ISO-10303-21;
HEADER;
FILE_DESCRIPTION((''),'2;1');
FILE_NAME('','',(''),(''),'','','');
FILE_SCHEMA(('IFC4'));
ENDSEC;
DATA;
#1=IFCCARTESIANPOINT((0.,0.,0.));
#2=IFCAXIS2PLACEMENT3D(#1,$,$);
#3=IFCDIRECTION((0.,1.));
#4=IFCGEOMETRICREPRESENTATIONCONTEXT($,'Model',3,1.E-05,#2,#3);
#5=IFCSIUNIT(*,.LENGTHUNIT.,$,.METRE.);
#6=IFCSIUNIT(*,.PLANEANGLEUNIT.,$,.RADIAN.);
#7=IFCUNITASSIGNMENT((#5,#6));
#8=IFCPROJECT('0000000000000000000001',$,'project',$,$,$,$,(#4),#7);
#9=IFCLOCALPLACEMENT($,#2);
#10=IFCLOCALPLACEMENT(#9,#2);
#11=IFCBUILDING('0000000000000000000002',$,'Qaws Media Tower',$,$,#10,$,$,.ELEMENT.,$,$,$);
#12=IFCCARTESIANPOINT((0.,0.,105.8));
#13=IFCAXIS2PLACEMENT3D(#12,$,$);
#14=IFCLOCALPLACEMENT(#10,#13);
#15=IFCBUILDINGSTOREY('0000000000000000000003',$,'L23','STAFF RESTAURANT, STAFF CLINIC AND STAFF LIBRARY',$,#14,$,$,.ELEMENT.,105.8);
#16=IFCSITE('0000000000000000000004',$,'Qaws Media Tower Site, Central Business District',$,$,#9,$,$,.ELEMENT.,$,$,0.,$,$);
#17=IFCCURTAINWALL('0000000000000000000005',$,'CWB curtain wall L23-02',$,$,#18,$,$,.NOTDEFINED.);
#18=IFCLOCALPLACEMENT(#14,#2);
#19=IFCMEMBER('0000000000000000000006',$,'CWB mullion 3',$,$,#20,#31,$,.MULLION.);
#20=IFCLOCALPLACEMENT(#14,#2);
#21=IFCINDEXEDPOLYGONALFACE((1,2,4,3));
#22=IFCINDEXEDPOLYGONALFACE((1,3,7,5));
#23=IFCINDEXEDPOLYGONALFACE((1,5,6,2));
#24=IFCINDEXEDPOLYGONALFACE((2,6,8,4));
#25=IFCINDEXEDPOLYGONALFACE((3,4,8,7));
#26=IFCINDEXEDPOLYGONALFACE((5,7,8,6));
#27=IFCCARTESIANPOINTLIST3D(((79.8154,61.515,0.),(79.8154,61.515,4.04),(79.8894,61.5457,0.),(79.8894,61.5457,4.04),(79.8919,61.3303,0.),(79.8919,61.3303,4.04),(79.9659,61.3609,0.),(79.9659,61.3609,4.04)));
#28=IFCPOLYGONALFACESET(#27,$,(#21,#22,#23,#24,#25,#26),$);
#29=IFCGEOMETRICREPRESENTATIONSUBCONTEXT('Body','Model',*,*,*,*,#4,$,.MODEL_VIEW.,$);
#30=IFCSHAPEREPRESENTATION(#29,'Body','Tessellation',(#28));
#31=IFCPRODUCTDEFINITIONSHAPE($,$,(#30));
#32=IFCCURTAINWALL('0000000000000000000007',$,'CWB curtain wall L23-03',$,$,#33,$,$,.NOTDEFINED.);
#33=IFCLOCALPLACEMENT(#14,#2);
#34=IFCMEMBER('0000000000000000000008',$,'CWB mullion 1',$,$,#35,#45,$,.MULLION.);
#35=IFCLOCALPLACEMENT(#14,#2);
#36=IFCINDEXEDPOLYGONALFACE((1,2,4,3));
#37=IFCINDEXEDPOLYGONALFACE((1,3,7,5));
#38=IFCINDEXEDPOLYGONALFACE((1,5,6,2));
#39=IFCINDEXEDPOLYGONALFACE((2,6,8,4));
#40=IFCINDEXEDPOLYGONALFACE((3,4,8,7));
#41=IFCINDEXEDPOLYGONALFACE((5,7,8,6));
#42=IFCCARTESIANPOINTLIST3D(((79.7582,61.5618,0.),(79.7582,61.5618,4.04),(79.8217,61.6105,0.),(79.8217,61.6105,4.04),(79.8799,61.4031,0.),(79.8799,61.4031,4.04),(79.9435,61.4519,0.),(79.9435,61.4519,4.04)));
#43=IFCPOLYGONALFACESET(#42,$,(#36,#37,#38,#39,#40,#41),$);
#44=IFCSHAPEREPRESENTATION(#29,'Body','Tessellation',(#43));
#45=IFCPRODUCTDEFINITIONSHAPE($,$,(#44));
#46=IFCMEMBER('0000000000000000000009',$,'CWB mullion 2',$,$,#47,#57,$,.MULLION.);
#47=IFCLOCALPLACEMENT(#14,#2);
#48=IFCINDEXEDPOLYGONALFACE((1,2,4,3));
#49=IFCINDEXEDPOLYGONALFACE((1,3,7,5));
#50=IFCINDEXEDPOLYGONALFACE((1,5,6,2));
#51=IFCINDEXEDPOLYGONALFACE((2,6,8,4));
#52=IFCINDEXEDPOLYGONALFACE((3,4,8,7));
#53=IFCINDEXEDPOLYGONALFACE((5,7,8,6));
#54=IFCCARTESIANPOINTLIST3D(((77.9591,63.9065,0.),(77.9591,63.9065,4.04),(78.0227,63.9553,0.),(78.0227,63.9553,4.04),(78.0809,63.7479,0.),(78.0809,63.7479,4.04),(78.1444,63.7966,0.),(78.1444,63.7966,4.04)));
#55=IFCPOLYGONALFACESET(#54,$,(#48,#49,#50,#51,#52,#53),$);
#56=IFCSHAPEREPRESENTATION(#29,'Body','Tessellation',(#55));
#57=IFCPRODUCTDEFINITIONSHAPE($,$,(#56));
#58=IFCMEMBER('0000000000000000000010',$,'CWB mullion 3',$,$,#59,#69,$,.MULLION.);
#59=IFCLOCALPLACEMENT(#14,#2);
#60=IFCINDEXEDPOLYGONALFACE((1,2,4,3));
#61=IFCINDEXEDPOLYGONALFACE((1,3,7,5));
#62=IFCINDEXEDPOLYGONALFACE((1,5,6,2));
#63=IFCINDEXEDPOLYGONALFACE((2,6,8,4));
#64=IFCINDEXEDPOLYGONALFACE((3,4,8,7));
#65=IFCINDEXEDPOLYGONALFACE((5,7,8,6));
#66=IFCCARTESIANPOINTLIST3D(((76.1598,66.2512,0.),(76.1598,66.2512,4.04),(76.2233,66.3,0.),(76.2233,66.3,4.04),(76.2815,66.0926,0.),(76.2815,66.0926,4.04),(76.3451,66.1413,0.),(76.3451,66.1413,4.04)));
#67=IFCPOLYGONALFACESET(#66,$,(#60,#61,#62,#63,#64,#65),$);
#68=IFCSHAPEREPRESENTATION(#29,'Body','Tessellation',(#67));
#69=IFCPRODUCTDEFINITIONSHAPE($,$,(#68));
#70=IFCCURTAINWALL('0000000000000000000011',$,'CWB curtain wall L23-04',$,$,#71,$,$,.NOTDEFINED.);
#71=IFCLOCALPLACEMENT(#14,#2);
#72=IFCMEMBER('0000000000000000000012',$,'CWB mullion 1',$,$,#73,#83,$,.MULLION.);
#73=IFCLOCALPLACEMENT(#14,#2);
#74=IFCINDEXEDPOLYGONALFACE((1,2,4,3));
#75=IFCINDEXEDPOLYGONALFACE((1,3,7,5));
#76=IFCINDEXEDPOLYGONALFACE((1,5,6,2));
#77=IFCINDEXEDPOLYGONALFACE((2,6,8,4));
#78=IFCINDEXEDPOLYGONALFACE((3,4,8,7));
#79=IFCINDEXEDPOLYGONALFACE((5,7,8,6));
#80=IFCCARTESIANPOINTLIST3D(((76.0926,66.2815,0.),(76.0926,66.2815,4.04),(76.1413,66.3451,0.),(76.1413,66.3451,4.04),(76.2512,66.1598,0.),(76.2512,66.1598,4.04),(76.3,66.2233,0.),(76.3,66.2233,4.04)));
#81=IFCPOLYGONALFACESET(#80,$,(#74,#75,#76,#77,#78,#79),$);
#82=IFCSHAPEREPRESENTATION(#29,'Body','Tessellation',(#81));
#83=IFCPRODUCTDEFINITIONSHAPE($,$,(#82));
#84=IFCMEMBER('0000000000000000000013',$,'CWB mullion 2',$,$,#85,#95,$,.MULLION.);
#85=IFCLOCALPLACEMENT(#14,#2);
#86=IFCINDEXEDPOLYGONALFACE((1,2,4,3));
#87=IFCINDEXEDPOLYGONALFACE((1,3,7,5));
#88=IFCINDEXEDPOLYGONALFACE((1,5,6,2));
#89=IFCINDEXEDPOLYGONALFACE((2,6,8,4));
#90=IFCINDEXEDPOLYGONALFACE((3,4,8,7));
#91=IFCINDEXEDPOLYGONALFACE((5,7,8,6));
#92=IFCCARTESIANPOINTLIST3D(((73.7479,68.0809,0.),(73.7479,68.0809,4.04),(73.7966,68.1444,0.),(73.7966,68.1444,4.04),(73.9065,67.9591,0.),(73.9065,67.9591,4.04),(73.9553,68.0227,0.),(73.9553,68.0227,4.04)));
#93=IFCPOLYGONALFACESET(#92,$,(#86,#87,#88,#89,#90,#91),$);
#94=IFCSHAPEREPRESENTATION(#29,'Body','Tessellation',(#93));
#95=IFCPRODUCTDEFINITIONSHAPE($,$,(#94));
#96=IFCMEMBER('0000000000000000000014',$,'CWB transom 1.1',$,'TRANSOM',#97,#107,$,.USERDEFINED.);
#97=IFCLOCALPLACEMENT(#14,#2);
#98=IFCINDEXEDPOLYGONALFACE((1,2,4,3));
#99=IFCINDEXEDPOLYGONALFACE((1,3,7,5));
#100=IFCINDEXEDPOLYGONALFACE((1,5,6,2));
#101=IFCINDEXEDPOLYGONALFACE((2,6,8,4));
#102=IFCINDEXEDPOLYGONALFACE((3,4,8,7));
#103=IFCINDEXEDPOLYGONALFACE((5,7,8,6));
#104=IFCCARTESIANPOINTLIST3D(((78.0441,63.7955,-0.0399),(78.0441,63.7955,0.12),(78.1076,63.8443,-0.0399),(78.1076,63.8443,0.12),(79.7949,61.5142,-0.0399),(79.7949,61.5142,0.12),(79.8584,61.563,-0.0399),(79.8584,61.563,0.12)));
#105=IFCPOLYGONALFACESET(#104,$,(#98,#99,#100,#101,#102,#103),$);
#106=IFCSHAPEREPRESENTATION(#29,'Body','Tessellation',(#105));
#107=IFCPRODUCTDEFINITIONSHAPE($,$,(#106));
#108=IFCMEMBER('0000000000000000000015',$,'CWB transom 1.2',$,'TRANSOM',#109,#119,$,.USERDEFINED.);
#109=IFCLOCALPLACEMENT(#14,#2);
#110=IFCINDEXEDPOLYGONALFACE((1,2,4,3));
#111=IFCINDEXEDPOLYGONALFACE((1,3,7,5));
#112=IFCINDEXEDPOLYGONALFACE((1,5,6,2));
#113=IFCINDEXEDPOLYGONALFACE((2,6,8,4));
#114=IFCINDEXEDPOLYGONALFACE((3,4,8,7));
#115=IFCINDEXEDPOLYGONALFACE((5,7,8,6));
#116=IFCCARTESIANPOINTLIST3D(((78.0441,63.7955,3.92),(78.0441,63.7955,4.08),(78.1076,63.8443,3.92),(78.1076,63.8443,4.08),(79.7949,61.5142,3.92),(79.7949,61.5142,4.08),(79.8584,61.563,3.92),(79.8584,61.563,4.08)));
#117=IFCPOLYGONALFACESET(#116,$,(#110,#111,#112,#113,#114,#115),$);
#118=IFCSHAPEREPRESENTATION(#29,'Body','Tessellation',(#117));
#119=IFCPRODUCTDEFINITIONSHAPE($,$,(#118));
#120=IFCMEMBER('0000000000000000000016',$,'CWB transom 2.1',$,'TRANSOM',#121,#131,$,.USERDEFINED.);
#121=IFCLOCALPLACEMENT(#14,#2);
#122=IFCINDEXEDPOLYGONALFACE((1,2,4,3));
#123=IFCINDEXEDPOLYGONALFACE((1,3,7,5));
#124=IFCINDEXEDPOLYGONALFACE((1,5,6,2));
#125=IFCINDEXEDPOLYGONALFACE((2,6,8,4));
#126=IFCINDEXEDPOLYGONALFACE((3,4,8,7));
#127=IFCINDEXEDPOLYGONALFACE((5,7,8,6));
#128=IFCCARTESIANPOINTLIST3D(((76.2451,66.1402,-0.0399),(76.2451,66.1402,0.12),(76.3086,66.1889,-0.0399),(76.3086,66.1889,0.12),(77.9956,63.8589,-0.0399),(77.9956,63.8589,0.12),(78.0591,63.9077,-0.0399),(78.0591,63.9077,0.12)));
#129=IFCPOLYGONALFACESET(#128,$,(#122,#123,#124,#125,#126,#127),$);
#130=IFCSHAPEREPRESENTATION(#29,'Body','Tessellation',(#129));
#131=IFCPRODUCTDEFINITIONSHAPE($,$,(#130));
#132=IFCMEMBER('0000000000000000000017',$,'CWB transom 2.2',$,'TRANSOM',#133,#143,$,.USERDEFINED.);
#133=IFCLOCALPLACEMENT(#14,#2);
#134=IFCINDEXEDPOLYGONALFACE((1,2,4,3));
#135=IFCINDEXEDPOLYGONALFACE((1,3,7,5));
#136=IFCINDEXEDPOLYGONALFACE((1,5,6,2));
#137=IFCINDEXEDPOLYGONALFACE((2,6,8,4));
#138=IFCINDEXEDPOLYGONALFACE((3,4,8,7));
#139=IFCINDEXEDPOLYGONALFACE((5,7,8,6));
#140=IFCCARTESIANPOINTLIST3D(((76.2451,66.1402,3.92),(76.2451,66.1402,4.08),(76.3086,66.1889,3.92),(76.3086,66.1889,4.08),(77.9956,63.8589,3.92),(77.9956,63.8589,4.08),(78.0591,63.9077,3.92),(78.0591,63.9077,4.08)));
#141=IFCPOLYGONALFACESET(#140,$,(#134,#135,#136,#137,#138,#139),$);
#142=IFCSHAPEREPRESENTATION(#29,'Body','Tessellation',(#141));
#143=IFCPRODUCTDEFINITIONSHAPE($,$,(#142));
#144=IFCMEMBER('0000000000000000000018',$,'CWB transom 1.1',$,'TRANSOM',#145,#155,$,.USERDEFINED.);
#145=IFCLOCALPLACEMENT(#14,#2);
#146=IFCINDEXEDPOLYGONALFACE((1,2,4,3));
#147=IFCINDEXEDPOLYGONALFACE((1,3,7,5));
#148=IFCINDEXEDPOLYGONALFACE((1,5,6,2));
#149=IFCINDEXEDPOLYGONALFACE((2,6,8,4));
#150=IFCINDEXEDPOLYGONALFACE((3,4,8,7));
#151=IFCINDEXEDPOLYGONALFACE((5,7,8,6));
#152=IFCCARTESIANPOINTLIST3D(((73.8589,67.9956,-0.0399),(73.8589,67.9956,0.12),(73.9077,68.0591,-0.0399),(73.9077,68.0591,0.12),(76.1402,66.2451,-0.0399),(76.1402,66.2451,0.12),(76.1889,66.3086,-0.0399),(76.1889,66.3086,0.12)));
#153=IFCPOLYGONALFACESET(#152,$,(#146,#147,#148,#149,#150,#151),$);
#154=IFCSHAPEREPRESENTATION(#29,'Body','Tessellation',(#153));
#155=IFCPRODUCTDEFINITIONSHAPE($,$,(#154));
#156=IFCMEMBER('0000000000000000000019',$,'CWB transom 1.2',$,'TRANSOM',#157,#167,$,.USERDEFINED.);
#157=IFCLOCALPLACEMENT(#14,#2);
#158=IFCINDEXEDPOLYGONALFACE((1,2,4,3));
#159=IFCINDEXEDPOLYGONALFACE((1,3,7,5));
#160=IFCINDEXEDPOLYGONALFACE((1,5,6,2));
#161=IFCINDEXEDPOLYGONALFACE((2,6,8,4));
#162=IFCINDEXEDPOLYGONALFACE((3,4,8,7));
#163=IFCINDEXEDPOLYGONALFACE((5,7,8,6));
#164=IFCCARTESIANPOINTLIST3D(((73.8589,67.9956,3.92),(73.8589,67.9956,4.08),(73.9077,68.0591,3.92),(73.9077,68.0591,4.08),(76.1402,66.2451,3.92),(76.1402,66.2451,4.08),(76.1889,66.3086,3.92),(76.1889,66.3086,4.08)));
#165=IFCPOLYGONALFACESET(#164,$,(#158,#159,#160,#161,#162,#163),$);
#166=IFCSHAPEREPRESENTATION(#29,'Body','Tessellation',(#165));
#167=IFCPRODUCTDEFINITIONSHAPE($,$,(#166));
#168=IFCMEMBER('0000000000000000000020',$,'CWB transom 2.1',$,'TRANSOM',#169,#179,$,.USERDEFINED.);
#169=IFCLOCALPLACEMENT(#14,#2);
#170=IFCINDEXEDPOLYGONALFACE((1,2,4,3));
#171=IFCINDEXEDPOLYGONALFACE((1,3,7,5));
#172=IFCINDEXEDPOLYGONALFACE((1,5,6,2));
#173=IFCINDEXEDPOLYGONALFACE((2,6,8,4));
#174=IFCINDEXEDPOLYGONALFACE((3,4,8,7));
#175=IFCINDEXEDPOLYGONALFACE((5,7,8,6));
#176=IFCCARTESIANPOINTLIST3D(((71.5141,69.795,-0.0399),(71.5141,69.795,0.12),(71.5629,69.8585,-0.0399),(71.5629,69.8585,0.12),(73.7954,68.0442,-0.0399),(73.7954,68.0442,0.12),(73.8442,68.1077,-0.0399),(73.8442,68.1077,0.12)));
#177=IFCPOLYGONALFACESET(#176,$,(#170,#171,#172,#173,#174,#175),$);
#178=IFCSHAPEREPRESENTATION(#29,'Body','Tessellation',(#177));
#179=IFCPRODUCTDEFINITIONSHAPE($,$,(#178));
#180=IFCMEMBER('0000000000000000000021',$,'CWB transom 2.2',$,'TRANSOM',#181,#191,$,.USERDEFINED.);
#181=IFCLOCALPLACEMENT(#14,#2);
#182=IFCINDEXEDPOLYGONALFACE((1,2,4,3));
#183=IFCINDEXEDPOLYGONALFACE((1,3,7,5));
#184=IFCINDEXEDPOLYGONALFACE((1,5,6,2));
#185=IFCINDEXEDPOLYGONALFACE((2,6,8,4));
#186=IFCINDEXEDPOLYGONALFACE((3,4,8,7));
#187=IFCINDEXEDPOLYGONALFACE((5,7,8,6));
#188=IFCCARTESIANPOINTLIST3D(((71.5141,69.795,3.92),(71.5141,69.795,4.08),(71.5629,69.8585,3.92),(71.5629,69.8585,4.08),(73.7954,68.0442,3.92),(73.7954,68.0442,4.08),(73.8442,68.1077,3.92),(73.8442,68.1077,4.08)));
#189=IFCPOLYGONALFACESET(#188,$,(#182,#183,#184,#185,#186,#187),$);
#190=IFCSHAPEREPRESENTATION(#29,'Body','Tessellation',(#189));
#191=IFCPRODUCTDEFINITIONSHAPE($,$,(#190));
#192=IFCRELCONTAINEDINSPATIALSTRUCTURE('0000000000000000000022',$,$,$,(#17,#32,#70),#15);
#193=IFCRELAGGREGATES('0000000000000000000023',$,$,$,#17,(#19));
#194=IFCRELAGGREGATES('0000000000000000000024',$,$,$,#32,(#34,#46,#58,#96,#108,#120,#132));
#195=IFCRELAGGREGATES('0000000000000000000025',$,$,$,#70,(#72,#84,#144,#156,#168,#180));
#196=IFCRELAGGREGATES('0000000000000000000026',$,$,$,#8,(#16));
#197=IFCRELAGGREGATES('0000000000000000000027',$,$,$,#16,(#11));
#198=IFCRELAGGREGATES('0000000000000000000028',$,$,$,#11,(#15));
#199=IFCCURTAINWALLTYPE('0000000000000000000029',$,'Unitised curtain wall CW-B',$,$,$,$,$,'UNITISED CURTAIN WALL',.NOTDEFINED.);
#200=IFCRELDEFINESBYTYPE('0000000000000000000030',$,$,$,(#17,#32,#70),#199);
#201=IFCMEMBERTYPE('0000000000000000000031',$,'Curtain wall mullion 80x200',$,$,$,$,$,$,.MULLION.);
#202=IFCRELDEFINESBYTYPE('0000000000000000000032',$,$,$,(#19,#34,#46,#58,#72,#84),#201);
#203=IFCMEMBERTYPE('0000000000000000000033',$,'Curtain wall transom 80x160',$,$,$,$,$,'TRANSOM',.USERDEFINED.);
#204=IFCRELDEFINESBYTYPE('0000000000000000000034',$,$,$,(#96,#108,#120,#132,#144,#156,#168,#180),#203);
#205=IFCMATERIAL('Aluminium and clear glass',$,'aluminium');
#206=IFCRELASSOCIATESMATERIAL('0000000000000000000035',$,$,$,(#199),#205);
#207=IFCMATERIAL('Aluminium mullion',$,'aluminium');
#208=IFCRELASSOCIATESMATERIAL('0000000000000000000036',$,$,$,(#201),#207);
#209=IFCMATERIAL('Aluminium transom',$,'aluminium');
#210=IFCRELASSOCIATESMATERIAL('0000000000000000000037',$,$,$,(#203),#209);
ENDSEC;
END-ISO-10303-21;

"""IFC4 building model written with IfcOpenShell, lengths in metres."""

from ifc_helpers import new_model, si_unit, direction, frame, origin, origin_2d, place, context, subcontext, project, spatial, rectangle, extrude, material, material_profile, profile_set, type_object, element, aggregate, save


model = new_model("IFC4")

# Units and contexts
model_context = context("Model", 3, precision=1e-05, world=origin(), true_north=direction((0.0, 1.0)))
body_context = subcontext(model_context, "Body", "Model", "MODEL_VIEW")
ifc_project = project(units=[si_unit("LENGTHUNIT", "METRE"), si_unit("PLANEANGLEUNIT", "RADIAN")], contexts=[model_context])

# Site, building, storey
site_placement = place(None, origin())
site = spatial("IfcSite", under=ifc_project, at=site_placement, Name="Qaws Media Tower Site, Central Business District", CompositionType="ELEMENT", RefElevation=0.0)
building_placement = place(site_placement, origin())
building = spatial("IfcBuilding", under=site, at=building_placement, Name="Qaws Media Tower", CompositionType="ELEMENT")
storey_placement = place(building_placement, frame((0.0, 0.0, 105.8)))
storey = spatial("IfcBuildingStorey", under=building, at=storey_placement, Name="L23", Description="STAFF RESTAURANT, STAFF CLINIC AND STAFF LIBRARY", CompositionType="ELEMENT", Elevation=105.8)

# Curtain wall, member
ifc_material_1 = material(Name="Aluminium and clear glass", Category="aluminium")
curtain_wall_type = type_object("IfcCurtainWallType", Name="Unitised curtain wall CW-B", ElementType="UNITISED CURTAIN WALL", PredefinedType="NOTDEFINED", material=ifc_material_1)
curtain_wall_1_placement = place(storey_placement, origin())
curtain_wall_1 = element("IfcCurtainWall", 1, at=curtain_wall_1_placement, inside=storey, type_object=curtain_wall_type, Name="CWB curtain wall L23-02", PredefinedType="NOTDEFINED")
ifc_material_2 = material(Name="Aluminium mullion", Category="aluminium")
ifc_material_profile_1 = material_profile(ifc_material_2, rectangle(XDim=0.0801, YDim=0.2, at=origin_2d()), Name="80x200")
ifc_profile_set_1 = profile_set([ifc_material_profile_1], Name="Aluminium mullion")
member_type_1 = type_object("IfcMemberType", Name="Curtain wall mullion 80x200", PredefinedType="MULLION", material=ifc_profile_set_1)
member_1_placement = place(storey_placement, frame((79.8906, 61.438, 0.0), z_axis=(0.0, 0.0, 1.0), x_axis=(-0.92388, -0.382683, 0.0)))
member_1 = element("IfcMember", 2, at=member_1_placement, type_object=member_type_1, Name="CWB mullion 3", PredefinedType="MULLION", context=body_context, shape_type="SweptSolid", body=[
    extrude(rectangle(XDim=0.0801, YDim=0.2, at=origin_2d()), origin(), (0.0, 0.0, 1.0), 4.04),
])
aggregate(curtain_wall_1, [member_1])

# Curtain walls, members
curtain_wall_2_placement = place(storey_placement, origin())
curtain_wall_2 = element("IfcCurtainWall", 3, at=curtain_wall_2_placement, inside=storey, type_object=curtain_wall_type, Name="CWB curtain wall L23-03", PredefinedType="NOTDEFINED")
member_2_placement = place(storey_placement, frame((79.8508, 61.5068, 0.0), z_axis=(0.0, 0.0, 1.0), x_axis=(-0.793353, -0.608761, 0.0)))
member_2 = element("IfcMember", 4, at=member_2_placement, type_object=member_type_1, Name="CWB mullion 1", PredefinedType="MULLION", context=body_context, shape_type="SweptSolid", body=[
    extrude(rectangle(XDim=0.0801, YDim=0.2, at=origin_2d()), origin(), (0.0, 0.0, 1.0), 4.04),
])
member_3_placement = place(storey_placement, frame((78.0518, 63.8516, 0.0), z_axis=(0.0, 0.0, 1.0), x_axis=(-0.793353, -0.608761, 0.0)))
member_3 = element("IfcMember", 5, at=member_3_placement, type_object=member_type_1, Name="CWB mullion 2", PredefinedType="MULLION", context=body_context, shape_type="SweptSolid", body=[
    extrude(rectangle(XDim=0.0801, YDim=0.2, at=origin_2d()), origin(), (0.0, 0.0, 1.0), 4.04),
])
member_4_placement = place(storey_placement, frame((76.2524, 66.1963, 0.0), z_axis=(0.0, 0.0, 1.0), x_axis=(-0.793353, -0.608761, 0.0)))
member_4 = element("IfcMember", 6, at=member_4_placement, type_object=member_type_1, Name="CWB mullion 3", PredefinedType="MULLION", context=body_context, shape_type="SweptSolid", body=[
    extrude(rectangle(XDim=0.0801, YDim=0.2, at=origin_2d()), origin(), (0.0, 0.0, 1.0), 4.04),
])
curtain_wall_3_placement = place(storey_placement, origin())
curtain_wall_3 = element("IfcCurtainWall", 7, at=curtain_wall_3_placement, inside=storey, type_object=curtain_wall_type, Name="CWB curtain wall L23-04", PredefinedType="NOTDEFINED")
member_5_placement = place(storey_placement, frame((76.1963, 66.2524, 0.0), z_axis=(0.0, 0.0, 1.0), x_axis=(-0.608761, -0.793353, 0.0)))
member_5 = element("IfcMember", 8, at=member_5_placement, type_object=member_type_1, Name="CWB mullion 1", PredefinedType="MULLION", context=body_context, shape_type="SweptSolid", body=[
    extrude(rectangle(XDim=0.0801, YDim=0.2, at=origin_2d()), origin(), (0.0, 0.0, 1.0), 4.04),
])
member_6_placement = place(storey_placement, frame((73.8516, 68.0518, 0.0), z_axis=(0.0, 0.0, 1.0), x_axis=(-0.608761, -0.793353, 0.0)))
member_6 = element("IfcMember", 9, at=member_6_placement, type_object=member_type_1, Name="CWB mullion 2", PredefinedType="MULLION", context=body_context, shape_type="SweptSolid", body=[
    extrude(rectangle(XDim=0.0801, YDim=0.2, at=origin_2d()), origin(), (0.0, 0.0, 1.0), 4.04),
])

# Members
ifc_material_3 = material(Name="Aluminium transom", Category="aluminium")
ifc_material_profile_2 = material_profile(ifc_material_3, rectangle(XDim=0.0801, YDim=0.1599, at=origin_2d()), Name="80x160")
ifc_profile_set_2 = profile_set([ifc_material_profile_2], Name="Aluminium transom")
member_type_2 = type_object("IfcMemberType", Name="Curtain wall transom 80x160", ElementType="TRANSOM", PredefinedType="USERDEFINED", material=ifc_profile_set_2)
member_7_placement = place(storey_placement, frame((79.8267, 61.5386, 0.04), z_axis=(-0.60882, 0.793308, 0.0), x_axis=(-0.793308, -0.60882, 0.0)))
member_7 = element("IfcMember", 10, at=member_7_placement, type_object=member_type_2, Name="CWB transom 1.1", ObjectType="TRANSOM", PredefinedType="USERDEFINED", context=body_context, shape_type="SweptSolid", body=[
    extrude(rectangle(XDim=0.0801, YDim=0.1599, at=origin_2d()), origin(), (0.0, 0.0, 1.0), 2.8757),
])
member_8_placement = place(storey_placement, frame((79.8267, 61.5386, 4.0), z_axis=(-0.60882, 0.793308, 0.0), x_axis=(-0.793308, -0.60882, 0.0)))
member_8 = element("IfcMember", 11, at=member_8_placement, type_object=member_type_2, Name="CWB transom 1.2", ObjectType="TRANSOM", PredefinedType="USERDEFINED", context=body_context, shape_type="SweptSolid", body=[
    extrude(rectangle(XDim=0.0801, YDim=0.1599, at=origin_2d()), origin(), (0.0, 0.0, 1.0), 2.8757),
])
member_9_placement = place(storey_placement, frame((78.0273, 63.8833, 0.04), z_axis=(-0.608767, 0.793349, 0.0), x_axis=(-0.793349, -0.608767, 0.0)))
member_9 = element("IfcMember", 12, at=member_9_placement, type_object=member_type_2, Name="CWB transom 2.1", ObjectType="TRANSOM", PredefinedType="USERDEFINED", context=body_context, shape_type="SweptSolid", body=[
    extrude(rectangle(XDim=0.0801, YDim=0.1599, at=origin_2d()), origin(), (0.0, 0.0, 1.0), 2.8755),
])
member_10_placement = place(storey_placement, frame((78.0273, 63.8833, 4.0), z_axis=(-0.608767, 0.793349, 0.0), x_axis=(-0.793349, -0.608767, 0.0)))
member_10 = element("IfcMember", 13, at=member_10_placement, type_object=member_type_2, Name="CWB transom 2.2", ObjectType="TRANSOM", PredefinedType="USERDEFINED", context=body_context, shape_type="SweptSolid", body=[
    extrude(rectangle(XDim=0.0801, YDim=0.1599, at=origin_2d()), origin(), (0.0, 0.0, 1.0), 2.8755),
])
member_11_placement = place(storey_placement, frame((76.1646, 66.2769, 0.04), z_axis=(-0.793349, 0.608767, 0.0), x_axis=(-0.608767, -0.793349, 0.0)))
member_11 = element("IfcMember", 14, at=member_11_placement, type_object=member_type_2, Name="CWB transom 1.1", ObjectType="TRANSOM", PredefinedType="USERDEFINED", context=body_context, shape_type="SweptSolid", body=[
    extrude(rectangle(XDim=0.0801, YDim=0.1599, at=origin_2d()), origin(), (0.0, 0.0, 1.0), 2.8755),
])
member_12_placement = place(storey_placement, frame((76.1646, 66.2769, 4.0), z_axis=(-0.793349, 0.608767, 0.0), x_axis=(-0.608767, -0.793349, 0.0)))
member_12 = element("IfcMember", 15, at=member_12_placement, type_object=member_type_2, Name="CWB transom 1.2", ObjectType="TRANSOM", PredefinedType="USERDEFINED", context=body_context, shape_type="SweptSolid", body=[
    extrude(rectangle(XDim=0.0801, YDim=0.1599, at=origin_2d()), origin(), (0.0, 0.0, 1.0), 2.8755),
])
member_13_placement = place(storey_placement, frame((73.8198, 68.0759, 0.04), z_axis=(-0.793308, 0.60882, 0.0), x_axis=(-0.60882, -0.793308, 0.0)))
member_13 = element("IfcMember", 16, at=member_13_placement, type_object=member_type_2, Name="CWB transom 2.1", ObjectType="TRANSOM", PredefinedType="USERDEFINED", context=body_context, shape_type="SweptSolid", body=[
    extrude(rectangle(XDim=0.0801, YDim=0.1599, at=origin_2d()), origin(), (0.0, 0.0, 1.0), 2.8757),
])
member_14_placement = place(storey_placement, frame((73.8198, 68.0759, 4.0), z_axis=(-0.793308, 0.60882, 0.0), x_axis=(-0.60882, -0.793308, 0.0)))
member_14 = element("IfcMember", 17, at=member_14_placement, type_object=member_type_2, Name="CWB transom 2.2", ObjectType="TRANSOM", PredefinedType="USERDEFINED", context=body_context, shape_type="SweptSolid", body=[
    extrude(rectangle(XDim=0.0801, YDim=0.1599, at=origin_2d()), origin(), (0.0, 0.0, 1.0), 2.8757),
])

aggregate(curtain_wall_2, [member_2, member_3, member_4, member_7, member_8, member_9, member_10])
aggregate(curtain_wall_3, [member_5, member_6, member_11, member_12, member_13, member_14])

save(model, "model.ifc")
